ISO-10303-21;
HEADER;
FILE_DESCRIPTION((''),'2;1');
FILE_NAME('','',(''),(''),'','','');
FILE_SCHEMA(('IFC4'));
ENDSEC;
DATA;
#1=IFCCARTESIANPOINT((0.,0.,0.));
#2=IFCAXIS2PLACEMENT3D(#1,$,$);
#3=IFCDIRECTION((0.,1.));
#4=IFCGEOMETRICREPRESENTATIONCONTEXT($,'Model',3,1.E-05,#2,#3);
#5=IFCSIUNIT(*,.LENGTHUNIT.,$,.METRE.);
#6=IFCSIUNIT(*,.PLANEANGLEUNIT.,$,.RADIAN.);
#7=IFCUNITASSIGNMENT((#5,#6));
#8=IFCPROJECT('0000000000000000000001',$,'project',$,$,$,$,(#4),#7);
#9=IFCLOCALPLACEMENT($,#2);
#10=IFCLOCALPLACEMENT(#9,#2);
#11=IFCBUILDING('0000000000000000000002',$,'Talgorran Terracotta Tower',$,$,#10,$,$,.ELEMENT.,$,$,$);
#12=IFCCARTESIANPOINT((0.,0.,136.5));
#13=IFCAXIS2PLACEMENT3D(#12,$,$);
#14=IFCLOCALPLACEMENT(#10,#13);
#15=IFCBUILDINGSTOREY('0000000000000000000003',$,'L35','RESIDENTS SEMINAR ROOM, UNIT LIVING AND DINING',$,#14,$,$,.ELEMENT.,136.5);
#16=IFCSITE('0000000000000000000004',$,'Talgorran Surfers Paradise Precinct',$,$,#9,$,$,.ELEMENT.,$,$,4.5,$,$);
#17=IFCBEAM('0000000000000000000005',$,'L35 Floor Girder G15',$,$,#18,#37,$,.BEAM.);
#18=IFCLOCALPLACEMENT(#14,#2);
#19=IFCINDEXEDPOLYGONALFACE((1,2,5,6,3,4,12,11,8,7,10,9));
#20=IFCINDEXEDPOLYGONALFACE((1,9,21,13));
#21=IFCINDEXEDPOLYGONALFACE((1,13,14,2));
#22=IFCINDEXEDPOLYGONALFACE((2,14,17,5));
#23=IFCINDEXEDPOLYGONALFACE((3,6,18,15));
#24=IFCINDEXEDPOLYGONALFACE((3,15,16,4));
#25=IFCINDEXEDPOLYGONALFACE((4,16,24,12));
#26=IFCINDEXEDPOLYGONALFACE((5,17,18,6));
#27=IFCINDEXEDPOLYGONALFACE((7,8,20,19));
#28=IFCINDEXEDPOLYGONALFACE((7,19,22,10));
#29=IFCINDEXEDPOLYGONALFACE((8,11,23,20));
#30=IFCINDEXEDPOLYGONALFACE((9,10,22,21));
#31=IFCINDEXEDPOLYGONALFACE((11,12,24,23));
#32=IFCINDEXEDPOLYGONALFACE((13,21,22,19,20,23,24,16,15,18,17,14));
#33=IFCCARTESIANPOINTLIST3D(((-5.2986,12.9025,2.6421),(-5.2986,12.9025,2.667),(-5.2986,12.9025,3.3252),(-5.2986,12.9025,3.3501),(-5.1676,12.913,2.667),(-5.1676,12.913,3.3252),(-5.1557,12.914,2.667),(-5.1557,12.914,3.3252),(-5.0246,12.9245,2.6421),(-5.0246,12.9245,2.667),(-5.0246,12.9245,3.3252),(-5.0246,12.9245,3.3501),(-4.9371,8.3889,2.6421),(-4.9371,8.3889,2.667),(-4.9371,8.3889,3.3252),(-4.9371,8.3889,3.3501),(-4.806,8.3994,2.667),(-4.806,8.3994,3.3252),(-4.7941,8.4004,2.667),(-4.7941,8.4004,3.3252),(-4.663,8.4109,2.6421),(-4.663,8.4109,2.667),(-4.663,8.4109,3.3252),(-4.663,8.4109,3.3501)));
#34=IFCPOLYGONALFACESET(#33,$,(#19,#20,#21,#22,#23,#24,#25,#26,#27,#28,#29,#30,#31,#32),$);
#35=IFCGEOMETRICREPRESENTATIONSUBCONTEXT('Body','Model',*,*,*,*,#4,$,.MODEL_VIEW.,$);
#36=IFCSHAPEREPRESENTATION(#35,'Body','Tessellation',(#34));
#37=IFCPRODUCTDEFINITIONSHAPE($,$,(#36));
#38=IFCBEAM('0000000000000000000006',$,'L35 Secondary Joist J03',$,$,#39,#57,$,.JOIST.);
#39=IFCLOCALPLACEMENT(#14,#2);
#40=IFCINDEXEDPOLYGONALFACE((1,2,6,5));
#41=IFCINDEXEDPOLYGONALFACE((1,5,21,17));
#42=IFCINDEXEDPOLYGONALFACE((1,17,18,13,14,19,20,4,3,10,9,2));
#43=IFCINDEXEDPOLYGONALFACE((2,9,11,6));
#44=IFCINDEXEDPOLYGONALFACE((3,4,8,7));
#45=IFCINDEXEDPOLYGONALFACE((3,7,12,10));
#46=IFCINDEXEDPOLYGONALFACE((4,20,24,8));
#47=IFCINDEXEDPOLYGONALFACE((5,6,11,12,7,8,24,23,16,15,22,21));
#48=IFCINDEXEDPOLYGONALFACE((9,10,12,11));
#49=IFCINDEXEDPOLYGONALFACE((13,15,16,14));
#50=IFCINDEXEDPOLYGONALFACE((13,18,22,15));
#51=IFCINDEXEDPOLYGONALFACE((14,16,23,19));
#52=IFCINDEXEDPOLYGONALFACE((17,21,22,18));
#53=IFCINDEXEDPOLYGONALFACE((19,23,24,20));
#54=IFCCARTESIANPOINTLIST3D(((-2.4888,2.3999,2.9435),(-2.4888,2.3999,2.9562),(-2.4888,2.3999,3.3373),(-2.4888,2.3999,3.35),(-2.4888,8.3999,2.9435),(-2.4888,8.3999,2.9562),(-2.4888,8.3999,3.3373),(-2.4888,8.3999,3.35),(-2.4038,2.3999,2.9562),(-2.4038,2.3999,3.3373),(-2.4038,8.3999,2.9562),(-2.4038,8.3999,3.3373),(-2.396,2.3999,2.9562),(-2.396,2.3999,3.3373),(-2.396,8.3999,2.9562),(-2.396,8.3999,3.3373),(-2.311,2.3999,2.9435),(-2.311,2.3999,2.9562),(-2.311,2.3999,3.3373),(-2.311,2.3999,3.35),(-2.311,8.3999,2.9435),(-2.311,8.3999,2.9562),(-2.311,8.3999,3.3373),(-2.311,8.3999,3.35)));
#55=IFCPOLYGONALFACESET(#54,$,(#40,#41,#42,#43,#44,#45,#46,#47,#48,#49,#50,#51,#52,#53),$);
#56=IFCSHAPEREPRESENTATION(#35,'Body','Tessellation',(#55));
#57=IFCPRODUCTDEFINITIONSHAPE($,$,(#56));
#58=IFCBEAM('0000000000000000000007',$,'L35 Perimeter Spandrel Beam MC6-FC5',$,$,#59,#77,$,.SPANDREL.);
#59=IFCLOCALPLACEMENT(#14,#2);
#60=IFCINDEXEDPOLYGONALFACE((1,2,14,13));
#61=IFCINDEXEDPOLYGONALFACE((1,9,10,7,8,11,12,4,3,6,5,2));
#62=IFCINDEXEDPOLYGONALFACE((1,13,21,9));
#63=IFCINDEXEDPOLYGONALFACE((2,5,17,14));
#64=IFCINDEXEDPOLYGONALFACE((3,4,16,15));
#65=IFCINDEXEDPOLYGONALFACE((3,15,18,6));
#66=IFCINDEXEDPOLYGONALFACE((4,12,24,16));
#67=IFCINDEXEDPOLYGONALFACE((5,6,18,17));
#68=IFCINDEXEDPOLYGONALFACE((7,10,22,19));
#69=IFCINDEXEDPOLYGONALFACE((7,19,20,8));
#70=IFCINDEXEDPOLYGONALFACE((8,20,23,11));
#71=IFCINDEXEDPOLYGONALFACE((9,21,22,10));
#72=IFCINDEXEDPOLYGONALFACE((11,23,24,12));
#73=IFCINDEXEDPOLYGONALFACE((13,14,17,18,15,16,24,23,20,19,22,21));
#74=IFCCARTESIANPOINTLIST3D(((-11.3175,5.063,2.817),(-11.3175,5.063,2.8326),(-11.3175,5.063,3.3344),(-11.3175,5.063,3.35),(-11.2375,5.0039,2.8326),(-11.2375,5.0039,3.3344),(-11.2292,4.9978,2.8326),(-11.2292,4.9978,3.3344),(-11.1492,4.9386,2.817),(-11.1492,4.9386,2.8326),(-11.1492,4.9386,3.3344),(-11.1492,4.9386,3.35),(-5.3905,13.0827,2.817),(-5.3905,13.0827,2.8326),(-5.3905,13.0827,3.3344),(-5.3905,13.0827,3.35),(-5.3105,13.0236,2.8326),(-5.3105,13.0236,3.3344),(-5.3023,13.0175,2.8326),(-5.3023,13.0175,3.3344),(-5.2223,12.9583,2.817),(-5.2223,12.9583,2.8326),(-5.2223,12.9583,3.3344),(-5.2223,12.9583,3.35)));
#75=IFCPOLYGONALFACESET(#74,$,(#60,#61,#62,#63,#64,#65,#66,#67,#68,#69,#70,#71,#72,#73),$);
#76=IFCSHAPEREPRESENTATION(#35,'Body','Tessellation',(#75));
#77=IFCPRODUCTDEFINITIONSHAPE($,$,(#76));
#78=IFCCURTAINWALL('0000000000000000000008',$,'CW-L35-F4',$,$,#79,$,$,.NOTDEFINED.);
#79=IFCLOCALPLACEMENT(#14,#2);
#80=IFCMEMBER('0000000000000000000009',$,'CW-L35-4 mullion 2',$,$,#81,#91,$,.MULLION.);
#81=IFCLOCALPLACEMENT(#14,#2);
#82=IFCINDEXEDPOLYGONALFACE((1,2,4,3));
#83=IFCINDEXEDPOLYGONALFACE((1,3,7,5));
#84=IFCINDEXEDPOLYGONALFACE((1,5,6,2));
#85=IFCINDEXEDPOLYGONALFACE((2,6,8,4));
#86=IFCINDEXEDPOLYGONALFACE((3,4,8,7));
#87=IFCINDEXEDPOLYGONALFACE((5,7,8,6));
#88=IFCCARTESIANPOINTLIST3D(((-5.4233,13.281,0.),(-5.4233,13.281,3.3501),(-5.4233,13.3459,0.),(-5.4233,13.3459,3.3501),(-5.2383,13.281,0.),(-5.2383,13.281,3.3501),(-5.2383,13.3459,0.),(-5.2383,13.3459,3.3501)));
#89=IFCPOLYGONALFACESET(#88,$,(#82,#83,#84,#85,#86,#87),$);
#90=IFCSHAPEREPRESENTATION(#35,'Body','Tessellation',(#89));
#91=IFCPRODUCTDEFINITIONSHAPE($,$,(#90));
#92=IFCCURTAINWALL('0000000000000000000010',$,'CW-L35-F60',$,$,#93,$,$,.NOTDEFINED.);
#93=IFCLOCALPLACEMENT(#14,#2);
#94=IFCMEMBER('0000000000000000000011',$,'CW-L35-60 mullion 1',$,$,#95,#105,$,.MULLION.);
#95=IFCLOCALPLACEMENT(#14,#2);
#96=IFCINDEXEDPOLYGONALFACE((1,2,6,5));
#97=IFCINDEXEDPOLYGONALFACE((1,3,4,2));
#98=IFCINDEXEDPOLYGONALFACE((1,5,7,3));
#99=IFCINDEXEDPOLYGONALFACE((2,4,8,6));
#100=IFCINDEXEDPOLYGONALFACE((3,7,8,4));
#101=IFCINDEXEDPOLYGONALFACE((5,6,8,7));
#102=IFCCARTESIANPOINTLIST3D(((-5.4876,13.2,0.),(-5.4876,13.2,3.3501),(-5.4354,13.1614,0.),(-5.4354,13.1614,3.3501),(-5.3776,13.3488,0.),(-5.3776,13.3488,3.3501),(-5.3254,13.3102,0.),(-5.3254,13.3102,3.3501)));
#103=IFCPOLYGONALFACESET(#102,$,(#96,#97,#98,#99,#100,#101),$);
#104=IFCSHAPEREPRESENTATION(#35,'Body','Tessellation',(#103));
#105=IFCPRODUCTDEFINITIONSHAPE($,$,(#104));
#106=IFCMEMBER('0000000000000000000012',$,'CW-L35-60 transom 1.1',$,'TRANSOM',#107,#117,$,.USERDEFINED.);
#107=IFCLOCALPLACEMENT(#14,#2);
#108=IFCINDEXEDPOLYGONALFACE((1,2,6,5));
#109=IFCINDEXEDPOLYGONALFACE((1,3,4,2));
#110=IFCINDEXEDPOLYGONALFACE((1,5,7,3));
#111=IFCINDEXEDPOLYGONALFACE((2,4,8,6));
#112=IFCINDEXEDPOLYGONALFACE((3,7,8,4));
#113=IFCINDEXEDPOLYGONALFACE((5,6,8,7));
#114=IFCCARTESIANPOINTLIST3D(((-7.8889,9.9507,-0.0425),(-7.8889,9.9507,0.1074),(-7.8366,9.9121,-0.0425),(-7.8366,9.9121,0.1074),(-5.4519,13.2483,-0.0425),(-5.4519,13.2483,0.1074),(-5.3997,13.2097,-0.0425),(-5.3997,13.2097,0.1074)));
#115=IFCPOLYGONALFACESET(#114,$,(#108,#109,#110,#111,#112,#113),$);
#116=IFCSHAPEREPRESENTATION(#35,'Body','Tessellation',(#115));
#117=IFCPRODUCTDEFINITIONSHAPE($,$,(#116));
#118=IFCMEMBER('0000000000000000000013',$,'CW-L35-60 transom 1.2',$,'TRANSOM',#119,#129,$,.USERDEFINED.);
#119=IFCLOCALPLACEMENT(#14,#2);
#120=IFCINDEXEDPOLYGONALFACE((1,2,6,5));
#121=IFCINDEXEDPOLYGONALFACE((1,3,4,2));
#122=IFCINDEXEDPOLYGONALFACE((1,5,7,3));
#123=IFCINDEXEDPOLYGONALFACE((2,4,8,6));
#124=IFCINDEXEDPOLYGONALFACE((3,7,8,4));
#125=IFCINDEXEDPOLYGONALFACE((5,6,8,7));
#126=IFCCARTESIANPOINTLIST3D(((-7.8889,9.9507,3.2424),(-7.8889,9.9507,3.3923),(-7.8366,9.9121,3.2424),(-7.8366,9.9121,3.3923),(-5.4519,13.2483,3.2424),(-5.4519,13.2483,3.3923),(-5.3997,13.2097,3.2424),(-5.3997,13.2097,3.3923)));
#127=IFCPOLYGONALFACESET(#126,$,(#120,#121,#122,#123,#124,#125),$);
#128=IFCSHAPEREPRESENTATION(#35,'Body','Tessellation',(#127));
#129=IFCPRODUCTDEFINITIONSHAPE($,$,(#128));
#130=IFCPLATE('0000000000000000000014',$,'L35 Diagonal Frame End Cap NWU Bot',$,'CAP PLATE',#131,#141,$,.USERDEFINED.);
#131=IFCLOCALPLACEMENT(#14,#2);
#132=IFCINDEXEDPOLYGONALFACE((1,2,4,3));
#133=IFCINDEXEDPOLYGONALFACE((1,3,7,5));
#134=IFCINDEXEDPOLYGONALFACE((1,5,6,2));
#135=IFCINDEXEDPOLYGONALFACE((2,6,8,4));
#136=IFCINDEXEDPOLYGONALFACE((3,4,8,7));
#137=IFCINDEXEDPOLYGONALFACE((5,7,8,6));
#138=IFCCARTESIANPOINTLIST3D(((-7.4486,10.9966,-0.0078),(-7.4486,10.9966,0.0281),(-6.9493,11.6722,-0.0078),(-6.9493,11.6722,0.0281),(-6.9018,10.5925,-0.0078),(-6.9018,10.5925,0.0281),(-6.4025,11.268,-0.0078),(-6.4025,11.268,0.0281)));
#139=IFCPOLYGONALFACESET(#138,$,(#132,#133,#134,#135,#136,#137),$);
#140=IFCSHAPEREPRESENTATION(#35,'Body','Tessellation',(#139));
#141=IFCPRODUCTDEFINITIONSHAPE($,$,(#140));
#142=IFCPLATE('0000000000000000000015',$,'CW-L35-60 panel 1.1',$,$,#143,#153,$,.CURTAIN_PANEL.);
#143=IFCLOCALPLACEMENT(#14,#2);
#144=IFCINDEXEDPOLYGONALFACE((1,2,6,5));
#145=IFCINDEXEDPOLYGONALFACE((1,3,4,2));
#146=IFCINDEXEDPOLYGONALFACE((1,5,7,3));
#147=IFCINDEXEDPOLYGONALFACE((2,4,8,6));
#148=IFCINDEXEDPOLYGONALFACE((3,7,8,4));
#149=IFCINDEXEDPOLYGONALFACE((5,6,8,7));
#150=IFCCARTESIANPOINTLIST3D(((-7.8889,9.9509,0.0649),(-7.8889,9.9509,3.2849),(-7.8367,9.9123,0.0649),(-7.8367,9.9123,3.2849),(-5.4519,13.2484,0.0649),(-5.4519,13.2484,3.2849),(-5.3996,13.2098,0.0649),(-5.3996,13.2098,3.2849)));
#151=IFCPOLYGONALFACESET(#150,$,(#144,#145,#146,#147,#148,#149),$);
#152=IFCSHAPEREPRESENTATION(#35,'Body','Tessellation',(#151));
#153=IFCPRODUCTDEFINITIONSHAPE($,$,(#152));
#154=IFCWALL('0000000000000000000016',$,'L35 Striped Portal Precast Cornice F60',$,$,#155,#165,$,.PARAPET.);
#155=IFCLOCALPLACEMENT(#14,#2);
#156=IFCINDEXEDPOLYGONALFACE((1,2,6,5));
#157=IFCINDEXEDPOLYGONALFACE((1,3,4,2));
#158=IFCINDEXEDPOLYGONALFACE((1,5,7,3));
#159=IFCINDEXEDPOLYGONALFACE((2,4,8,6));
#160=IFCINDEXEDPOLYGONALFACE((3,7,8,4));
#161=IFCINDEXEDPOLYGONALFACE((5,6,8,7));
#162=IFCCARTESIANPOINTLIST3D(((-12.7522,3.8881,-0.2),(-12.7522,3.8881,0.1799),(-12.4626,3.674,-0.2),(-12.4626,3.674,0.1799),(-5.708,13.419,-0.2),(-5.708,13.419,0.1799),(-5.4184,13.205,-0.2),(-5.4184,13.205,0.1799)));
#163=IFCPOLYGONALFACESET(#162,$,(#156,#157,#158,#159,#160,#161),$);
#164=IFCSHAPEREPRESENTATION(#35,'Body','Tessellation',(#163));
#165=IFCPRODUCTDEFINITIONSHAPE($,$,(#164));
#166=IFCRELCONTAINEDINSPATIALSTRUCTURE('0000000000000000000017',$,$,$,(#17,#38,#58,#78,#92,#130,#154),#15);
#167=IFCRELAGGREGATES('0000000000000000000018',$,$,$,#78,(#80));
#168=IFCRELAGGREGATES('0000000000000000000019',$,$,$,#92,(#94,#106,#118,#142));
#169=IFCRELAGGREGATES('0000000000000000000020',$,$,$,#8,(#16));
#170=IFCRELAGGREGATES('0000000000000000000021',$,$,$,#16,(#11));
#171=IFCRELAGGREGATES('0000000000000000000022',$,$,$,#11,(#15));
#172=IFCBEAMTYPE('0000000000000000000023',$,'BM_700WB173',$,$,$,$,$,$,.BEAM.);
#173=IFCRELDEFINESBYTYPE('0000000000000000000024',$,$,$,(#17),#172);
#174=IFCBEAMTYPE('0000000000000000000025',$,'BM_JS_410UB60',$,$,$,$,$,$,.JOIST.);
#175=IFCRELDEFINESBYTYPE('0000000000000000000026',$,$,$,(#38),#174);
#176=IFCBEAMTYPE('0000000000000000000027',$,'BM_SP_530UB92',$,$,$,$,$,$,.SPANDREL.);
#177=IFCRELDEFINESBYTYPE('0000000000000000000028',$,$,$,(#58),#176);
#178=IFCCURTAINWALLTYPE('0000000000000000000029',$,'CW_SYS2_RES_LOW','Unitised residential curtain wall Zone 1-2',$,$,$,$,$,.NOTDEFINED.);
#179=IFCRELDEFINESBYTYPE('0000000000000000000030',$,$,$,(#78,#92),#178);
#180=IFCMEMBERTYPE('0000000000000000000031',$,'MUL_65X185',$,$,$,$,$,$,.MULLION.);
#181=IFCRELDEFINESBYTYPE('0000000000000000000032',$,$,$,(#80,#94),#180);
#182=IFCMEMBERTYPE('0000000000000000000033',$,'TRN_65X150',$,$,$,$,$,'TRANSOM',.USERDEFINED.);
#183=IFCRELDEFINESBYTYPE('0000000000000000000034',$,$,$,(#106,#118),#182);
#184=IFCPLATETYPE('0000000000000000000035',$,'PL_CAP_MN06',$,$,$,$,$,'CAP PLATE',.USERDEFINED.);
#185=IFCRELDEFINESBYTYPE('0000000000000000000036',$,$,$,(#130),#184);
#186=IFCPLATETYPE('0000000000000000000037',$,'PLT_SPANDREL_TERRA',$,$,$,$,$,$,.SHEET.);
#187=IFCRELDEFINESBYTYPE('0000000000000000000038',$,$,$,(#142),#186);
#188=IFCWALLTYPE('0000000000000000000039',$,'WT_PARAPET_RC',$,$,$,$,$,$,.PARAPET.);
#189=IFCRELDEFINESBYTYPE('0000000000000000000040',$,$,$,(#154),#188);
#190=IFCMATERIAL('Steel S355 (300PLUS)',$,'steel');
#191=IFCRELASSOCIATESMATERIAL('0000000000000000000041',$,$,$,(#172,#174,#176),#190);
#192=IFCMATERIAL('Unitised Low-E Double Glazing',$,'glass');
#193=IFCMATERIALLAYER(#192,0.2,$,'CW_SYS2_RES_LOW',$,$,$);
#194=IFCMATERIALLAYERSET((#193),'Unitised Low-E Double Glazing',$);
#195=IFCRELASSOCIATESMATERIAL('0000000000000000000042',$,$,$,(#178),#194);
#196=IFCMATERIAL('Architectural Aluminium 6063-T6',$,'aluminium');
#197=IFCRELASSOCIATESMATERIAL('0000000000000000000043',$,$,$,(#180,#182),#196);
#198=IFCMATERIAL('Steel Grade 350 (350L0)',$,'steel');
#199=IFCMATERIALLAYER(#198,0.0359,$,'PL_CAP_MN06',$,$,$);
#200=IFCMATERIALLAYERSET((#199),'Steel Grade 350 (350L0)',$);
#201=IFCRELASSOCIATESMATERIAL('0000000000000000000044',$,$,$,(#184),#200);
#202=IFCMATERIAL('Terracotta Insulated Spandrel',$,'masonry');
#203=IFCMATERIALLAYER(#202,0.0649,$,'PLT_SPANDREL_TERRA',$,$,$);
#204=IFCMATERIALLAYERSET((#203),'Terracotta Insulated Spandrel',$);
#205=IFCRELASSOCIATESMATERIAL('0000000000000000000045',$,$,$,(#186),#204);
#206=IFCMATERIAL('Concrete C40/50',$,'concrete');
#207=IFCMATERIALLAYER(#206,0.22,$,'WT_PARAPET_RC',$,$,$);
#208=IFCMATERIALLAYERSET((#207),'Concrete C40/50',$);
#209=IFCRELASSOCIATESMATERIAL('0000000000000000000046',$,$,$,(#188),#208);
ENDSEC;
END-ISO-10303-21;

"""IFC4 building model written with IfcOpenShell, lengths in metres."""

from ifc_helpers import new_model, si_unit, direction, frame, frame_2d, origin, origin_2d, place, context, subcontext, project, spatial, rectangle, i_section, extrude, source, transform, mapped, material, layer, layer_set, material_profile, profile_set, type_object, type_shapes, element, aggregate, save


model = new_model("IFC4")

# Units and contexts
model_context = context("Model", 3, precision=1e-05, world=origin(), true_north=direction((0.0, 1.0)))
body_context = subcontext(model_context, "Body", "Model", "MODEL_VIEW")
ifc_project = project(units=[si_unit("LENGTHUNIT", "METRE"), si_unit("PLANEANGLEUNIT", "RADIAN")], contexts=[model_context])

# Site, building, storey
site_placement = place(None, origin())
site = spatial("IfcSite", under=ifc_project, at=site_placement, Name="Talgorran Surfers Paradise Precinct", CompositionType="ELEMENT", RefElevation=4.5)
building_placement = place(site_placement, origin())
building = spatial("IfcBuilding", under=site, at=building_placement, Name="Talgorran Terracotta Tower", CompositionType="ELEMENT")
storey_placement = place(building_placement, frame((0.0, 0.0, 136.5)))
storey = spatial("IfcBuildingStorey", under=building, at=storey_placement, Name="L35", Description="RESIDENTS SEMINAR ROOM, UNIT LIVING AND DINING", CompositionType="ELEMENT", Elevation=136.5)

# Shared definitions
ifc_material_1 = material(Name="Steel S355 (300PLUS)", Category="steel")
ifc_material_2 = material(Name="Steel Grade 350 (350L0)", Category="steel")

# Beams
ifc_material_profile_1 = material_profile(ifc_material_1, i_section(OverallWidth=0.2749, OverallDepth=0.708, WebThickness=0.012, FlangeThickness=0.0249, at=origin_2d()), Name="700WB173")
ifc_profile_set_1 = profile_set([ifc_material_profile_1], Name="Steel S355 (300PLUS)")
beam_type_1 = type_object("IfcBeamType", Name="BM_700WB173", PredefinedType="BEAM", material=ifc_profile_set_1)
beam_1_placement = place(storey_placement, frame((-4.8, 8.3999, 2.9961), z_axis=(-0.07985, 0.996807, 0.0), x_axis=(-0.996807, -0.07985, 0.0)))
element("IfcBeam", 1, at=beam_1_placement, inside=storey, type_object=beam_type_1, Name="L35 Floor Girder G15", PredefinedType="BEAM", context=body_context, shape_type="SweptSolid", body=[
    extrude(i_section(OverallWidth=0.2749, OverallDepth=0.708, WebThickness=0.012, FlangeThickness=0.0249, at=origin_2d()), origin(), (0.0, 0.0, 1.0), 4.5281),
])
ifc_material_profile_2 = material_profile(ifc_material_1, i_section(OverallWidth=0.1777, OverallDepth=0.4065, WebThickness=0.0078, FlangeThickness=0.0127, at=origin_2d()), Name="410UB59.7")
ifc_profile_set_2 = profile_set([ifc_material_profile_2], Name="Steel S355 (300PLUS)")
beam_type_2 = type_object("IfcBeamType", Name="BM_JS_410UB60", PredefinedType="JOIST", material=ifc_profile_set_2)
beam_2_placement = place(storey_placement, frame((-2.3999, 2.3999, 3.1467), z_axis=(0.0, 1.0, 0.0), x_axis=(-1.0, 0.0, 0.0)))
element("IfcBeam", 2, at=beam_2_placement, inside=storey, type_object=beam_type_2, Name="L35 Secondary Joist J03", PredefinedType="JOIST", context=body_context, shape_type="SweptSolid", body=[
    extrude(i_section(OverallWidth=0.1777, OverallDepth=0.4065, WebThickness=0.0078, FlangeThickness=0.0127, at=origin_2d()), origin(), (0.0, 0.0, 1.0), 6.0),
])
ifc_material_profile_3 = material_profile(ifc_material_1, i_section(OverallWidth=0.2092, OverallDepth=0.533, WebThickness=0.0103, FlangeThickness=0.0156, at=origin_2d()), Name="530UB92.4")
ifc_profile_set_3 = profile_set([ifc_material_profile_3], Name="Steel S355 (300PLUS)")
beam_type_3 = type_object("IfcBeamType", Name="BM_SP_530UB92", PredefinedType="SPANDREL", material=ifc_profile_set_3)
beam_3_placement = place(storey_placement, frame((-5.3064, 13.0205, 3.0835), z_axis=(-0.594348, -0.804208, 0.0), x_axis=(0.804208, -0.594348, 0.0)))
element("IfcBeam", 3, at=beam_3_placement, inside=storey, type_object=beam_type_3, Name="L35 Perimeter Spandrel Beam MC6-FC5", PredefinedType="SPANDREL", context=body_context, shape_type="SweptSolid", body=[
    extrude(i_section(OverallWidth=0.2092, OverallDepth=0.533, WebThickness=0.0103, FlangeThickness=0.0156, at=origin_2d()), origin(), (0.0, 0.0, 1.0), 9.9722),
])

# Curtain wall, member
ifc_material_3 = material(Name="Unitised Low-E Double Glazing", Category="glass")
ifc_layer_1 = layer(ifc_material_3, 0.2, Name="CW_SYS2_RES_LOW")
ifc_layer_set_1 = layer_set([ifc_layer_1], Name="Unitised Low-E Double Glazing")
curtain_wall_type = type_object("IfcCurtainWallType", Name="CW_SYS2_RES_LOW", Description="Unitised residential curtain wall Zone 1-2", PredefinedType="NOTDEFINED", material=ifc_layer_set_1)
curtain_wall_1_placement = place(storey_placement, origin())
curtain_wall_1 = element("IfcCurtainWall", 4, at=curtain_wall_1_placement, inside=storey, type_object=curtain_wall_type, Name="CW-L35-F4", PredefinedType="NOTDEFINED")
ifc_material_4 = material(Name="Architectural Aluminium 6063-T6", Category="aluminium")
ifc_material_profile_4 = material_profile(ifc_material_4, rectangle(XDim=0.0649, YDim=0.1851, at=origin_2d()), Name="CWM65X185")
ifc_profile_set_4 = profile_set([ifc_material_profile_4], Name="Architectural Aluminium 6063-T6")
member_type_1 = type_object("IfcMemberType", Name="MUL_65X185", PredefinedType="MULLION", material=ifc_profile_set_4)
member_1_placement = place(storey_placement, frame((-5.3308, 13.3135, 0.0), z_axis=(0.0, 0.0, 1.0), x_axis=(0.0, -1.0, 0.0)))
member_1 = element("IfcMember", 5, at=member_1_placement, type_object=member_type_1, Name="CW-L35-4 mullion 2", PredefinedType="MULLION", context=body_context, shape_type="SweptSolid", body=[
    extrude(rectangle(XDim=0.0649, YDim=0.1851, at=origin_2d()), origin(), (0.0, 0.0, 1.0), 3.3501),
])
aggregate(curtain_wall_1, [member_1])

# Curtain wall, members
curtain_wall_2_placement = place(storey_placement, origin())
curtain_wall_2 = element("IfcCurtainWall", 6, at=curtain_wall_2_placement, inside=storey, type_object=curtain_wall_type, Name="CW-L35-F60", PredefinedType="NOTDEFINED")
member_2_placement = place(storey_placement, frame((-5.4065, 13.2551, 0.0), z_axis=(0.0, 0.0, 1.0), x_axis=(0.804198, -0.594361, 0.0)))
member_2 = element("IfcMember", 7, at=member_2_placement, type_object=member_type_1, Name="CW-L35-60 mullion 1", PredefinedType="MULLION", context=body_context, shape_type="SweptSolid", body=[
    extrude(rectangle(XDim=0.0649, YDim=0.1851, at=origin_2d()), origin(), (0.0, 0.0, 1.0), 3.3501),
])
ifc_material_profile_5 = material_profile(ifc_material_4, rectangle(XDim=0.0649, YDim=0.1499, at=origin_2d()), Name="CWT65X150")
ifc_profile_set_5 = profile_set([ifc_material_profile_5], Name="Architectural Aluminium 6063-T6")
member_type_2 = type_object("IfcMemberType", Name="TRN_65X150", ElementType="TRANSOM", PredefinedType="USERDEFINED", material=ifc_profile_set_5)
member_3_placement = place(storey_placement, frame((-5.4258, 13.229, 0.0325), z_axis=(-0.594336, -0.804217, 0.0), x_axis=(0.804217, -0.594336, 0.0)))
member_3 = element("IfcMember", 8, at=member_3_placement, type_object=member_type_2, Name="CW-L35-60 transom 1.1", ObjectType="TRANSOM", PredefinedType="USERDEFINED", context=body_context, shape_type="SweptSolid", body=[
    extrude(rectangle(XDim=0.0649, YDim=0.1499, at=origin_2d()), origin(), (0.0, 0.0, 1.0), 4.1003),
])
member_4_placement = place(storey_placement, frame((-5.4258, 13.229, 3.3174), z_axis=(-0.594336, -0.804217, 0.0), x_axis=(0.804217, -0.594336, 0.0)))
member_4 = element("IfcMember", 9, at=member_4_placement, type_object=member_type_2, Name="CW-L35-60 transom 1.2", ObjectType="TRANSOM", PredefinedType="USERDEFINED", context=body_context, shape_type="SweptSolid", body=[
    extrude(rectangle(XDim=0.0649, YDim=0.1499, at=origin_2d()), origin(), (0.0, 0.0, 1.0), 4.1003),
])

# Plates
ifc_layer_2 = layer(ifc_material_2, 0.0359, Name="PL_CAP_MN06")
ifc_layer_set_2 = layer_set([ifc_layer_2], Name="Steel Grade 350 (350L0)")
plate_type_1 = type_object("IfcPlateType", Name="PL_CAP_MN06", ElementType="CAP PLATE", PredefinedType="USERDEFINED", material=ifc_layer_set_2)
plate_1_placement = place(storey_placement, frame((-6.9255, 11.1323, -0.0078), z_axis=(0.0, 0.0, 1.0), x_axis=(-0.594402, -0.804168, 0.0)))
element("IfcPlate", 10, at=plate_1_placement, inside=storey, type_object=plate_type_1, Name="L35 Diagonal Frame End Cap NWU Bot", ObjectType="CAP PLATE", PredefinedType="USERDEFINED", context=body_context, shape_type="SweptSolid", body=[
    extrude(rectangle(XDim=0.8401, YDim=0.6799, at=origin_2d()), origin(), (0.0, 0.0, 1.0), 0.0359),
])
ifc_material_5 = material(Name="Terracotta Insulated Spandrel", Category="masonry")
ifc_layer_3 = layer(ifc_material_5, 0.0649, Name="PLT_SPANDREL_TERRA")
ifc_layer_set_3 = layer_set([ifc_layer_3], Name="Terracotta Insulated Spandrel")
plate_type_2 = type_object("IfcPlateType", Name="PLT_SPANDREL_TERRA", PredefinedType="SHEET", material=ifc_layer_set_3)
shared_shape = source(origin(), body_context, "Body", "SweptSolid", [
    extrude(rectangle(XDim=4.1003, YDim=0.0649, at=origin_2d()), origin(), (0.0, 0.0, 1.0), 3.22),
])
type_shapes(plate_type_2, [shared_shape])
plate_2_placement = place(storey_placement, frame((-6.6443, 11.5803, 0.0649), z_axis=(0.0, 0.0, 1.0), x_axis=(-0.594361, -0.804198, 0.0)))
plate_2 = element("IfcPlate", 11, at=plate_2_placement, type_object=plate_type_2, Name="CW-L35-60 panel 1.1", PredefinedType="CURTAIN_PANEL", context=body_context, shape_type="MappedRepresentation", body=[
    mapped(shared_shape, transform((0.0, 0.0, 0.0), scale=1.0)),
])
aggregate(curtain_wall_2, [member_2, member_3, member_4, plate_2])

# Wall
ifc_material_6 = material(Name="Concrete C40/50", Category="concrete")
ifc_layer_4 = layer(ifc_material_6, 0.22, Name="WT_PARAPET_RC")
ifc_layer_set_4 = layer_set([ifc_layer_4], Name="Concrete C40/50")
wall_type_1 = type_object("IfcWallType", Name="WT_PARAPET_RC", PredefinedType="PARAPET", material=ifc_layer_set_4)
wall_1_placement = place(storey_placement, frame((-5.5632, 13.312, -0.2), z_axis=(0.0, 0.0, 1.0), x_axis=(-0.594366, -0.804195, 0.0)))
element("IfcWall", 12, at=wall_1_placement, inside=storey, type_object=wall_type_1, Name="L35 Striped Portal Precast Cornice F60", PredefinedType="PARAPET", context=body_context, shape_type="SweptSolid", body=[
    extrude(rectangle(XDim=11.8516, YDim=0.3601, at=frame_2d((5.9258, 0.0))), origin(), (0.0, 0.0, 1.0), 0.3799),
])

save(model, "model.ifc")
